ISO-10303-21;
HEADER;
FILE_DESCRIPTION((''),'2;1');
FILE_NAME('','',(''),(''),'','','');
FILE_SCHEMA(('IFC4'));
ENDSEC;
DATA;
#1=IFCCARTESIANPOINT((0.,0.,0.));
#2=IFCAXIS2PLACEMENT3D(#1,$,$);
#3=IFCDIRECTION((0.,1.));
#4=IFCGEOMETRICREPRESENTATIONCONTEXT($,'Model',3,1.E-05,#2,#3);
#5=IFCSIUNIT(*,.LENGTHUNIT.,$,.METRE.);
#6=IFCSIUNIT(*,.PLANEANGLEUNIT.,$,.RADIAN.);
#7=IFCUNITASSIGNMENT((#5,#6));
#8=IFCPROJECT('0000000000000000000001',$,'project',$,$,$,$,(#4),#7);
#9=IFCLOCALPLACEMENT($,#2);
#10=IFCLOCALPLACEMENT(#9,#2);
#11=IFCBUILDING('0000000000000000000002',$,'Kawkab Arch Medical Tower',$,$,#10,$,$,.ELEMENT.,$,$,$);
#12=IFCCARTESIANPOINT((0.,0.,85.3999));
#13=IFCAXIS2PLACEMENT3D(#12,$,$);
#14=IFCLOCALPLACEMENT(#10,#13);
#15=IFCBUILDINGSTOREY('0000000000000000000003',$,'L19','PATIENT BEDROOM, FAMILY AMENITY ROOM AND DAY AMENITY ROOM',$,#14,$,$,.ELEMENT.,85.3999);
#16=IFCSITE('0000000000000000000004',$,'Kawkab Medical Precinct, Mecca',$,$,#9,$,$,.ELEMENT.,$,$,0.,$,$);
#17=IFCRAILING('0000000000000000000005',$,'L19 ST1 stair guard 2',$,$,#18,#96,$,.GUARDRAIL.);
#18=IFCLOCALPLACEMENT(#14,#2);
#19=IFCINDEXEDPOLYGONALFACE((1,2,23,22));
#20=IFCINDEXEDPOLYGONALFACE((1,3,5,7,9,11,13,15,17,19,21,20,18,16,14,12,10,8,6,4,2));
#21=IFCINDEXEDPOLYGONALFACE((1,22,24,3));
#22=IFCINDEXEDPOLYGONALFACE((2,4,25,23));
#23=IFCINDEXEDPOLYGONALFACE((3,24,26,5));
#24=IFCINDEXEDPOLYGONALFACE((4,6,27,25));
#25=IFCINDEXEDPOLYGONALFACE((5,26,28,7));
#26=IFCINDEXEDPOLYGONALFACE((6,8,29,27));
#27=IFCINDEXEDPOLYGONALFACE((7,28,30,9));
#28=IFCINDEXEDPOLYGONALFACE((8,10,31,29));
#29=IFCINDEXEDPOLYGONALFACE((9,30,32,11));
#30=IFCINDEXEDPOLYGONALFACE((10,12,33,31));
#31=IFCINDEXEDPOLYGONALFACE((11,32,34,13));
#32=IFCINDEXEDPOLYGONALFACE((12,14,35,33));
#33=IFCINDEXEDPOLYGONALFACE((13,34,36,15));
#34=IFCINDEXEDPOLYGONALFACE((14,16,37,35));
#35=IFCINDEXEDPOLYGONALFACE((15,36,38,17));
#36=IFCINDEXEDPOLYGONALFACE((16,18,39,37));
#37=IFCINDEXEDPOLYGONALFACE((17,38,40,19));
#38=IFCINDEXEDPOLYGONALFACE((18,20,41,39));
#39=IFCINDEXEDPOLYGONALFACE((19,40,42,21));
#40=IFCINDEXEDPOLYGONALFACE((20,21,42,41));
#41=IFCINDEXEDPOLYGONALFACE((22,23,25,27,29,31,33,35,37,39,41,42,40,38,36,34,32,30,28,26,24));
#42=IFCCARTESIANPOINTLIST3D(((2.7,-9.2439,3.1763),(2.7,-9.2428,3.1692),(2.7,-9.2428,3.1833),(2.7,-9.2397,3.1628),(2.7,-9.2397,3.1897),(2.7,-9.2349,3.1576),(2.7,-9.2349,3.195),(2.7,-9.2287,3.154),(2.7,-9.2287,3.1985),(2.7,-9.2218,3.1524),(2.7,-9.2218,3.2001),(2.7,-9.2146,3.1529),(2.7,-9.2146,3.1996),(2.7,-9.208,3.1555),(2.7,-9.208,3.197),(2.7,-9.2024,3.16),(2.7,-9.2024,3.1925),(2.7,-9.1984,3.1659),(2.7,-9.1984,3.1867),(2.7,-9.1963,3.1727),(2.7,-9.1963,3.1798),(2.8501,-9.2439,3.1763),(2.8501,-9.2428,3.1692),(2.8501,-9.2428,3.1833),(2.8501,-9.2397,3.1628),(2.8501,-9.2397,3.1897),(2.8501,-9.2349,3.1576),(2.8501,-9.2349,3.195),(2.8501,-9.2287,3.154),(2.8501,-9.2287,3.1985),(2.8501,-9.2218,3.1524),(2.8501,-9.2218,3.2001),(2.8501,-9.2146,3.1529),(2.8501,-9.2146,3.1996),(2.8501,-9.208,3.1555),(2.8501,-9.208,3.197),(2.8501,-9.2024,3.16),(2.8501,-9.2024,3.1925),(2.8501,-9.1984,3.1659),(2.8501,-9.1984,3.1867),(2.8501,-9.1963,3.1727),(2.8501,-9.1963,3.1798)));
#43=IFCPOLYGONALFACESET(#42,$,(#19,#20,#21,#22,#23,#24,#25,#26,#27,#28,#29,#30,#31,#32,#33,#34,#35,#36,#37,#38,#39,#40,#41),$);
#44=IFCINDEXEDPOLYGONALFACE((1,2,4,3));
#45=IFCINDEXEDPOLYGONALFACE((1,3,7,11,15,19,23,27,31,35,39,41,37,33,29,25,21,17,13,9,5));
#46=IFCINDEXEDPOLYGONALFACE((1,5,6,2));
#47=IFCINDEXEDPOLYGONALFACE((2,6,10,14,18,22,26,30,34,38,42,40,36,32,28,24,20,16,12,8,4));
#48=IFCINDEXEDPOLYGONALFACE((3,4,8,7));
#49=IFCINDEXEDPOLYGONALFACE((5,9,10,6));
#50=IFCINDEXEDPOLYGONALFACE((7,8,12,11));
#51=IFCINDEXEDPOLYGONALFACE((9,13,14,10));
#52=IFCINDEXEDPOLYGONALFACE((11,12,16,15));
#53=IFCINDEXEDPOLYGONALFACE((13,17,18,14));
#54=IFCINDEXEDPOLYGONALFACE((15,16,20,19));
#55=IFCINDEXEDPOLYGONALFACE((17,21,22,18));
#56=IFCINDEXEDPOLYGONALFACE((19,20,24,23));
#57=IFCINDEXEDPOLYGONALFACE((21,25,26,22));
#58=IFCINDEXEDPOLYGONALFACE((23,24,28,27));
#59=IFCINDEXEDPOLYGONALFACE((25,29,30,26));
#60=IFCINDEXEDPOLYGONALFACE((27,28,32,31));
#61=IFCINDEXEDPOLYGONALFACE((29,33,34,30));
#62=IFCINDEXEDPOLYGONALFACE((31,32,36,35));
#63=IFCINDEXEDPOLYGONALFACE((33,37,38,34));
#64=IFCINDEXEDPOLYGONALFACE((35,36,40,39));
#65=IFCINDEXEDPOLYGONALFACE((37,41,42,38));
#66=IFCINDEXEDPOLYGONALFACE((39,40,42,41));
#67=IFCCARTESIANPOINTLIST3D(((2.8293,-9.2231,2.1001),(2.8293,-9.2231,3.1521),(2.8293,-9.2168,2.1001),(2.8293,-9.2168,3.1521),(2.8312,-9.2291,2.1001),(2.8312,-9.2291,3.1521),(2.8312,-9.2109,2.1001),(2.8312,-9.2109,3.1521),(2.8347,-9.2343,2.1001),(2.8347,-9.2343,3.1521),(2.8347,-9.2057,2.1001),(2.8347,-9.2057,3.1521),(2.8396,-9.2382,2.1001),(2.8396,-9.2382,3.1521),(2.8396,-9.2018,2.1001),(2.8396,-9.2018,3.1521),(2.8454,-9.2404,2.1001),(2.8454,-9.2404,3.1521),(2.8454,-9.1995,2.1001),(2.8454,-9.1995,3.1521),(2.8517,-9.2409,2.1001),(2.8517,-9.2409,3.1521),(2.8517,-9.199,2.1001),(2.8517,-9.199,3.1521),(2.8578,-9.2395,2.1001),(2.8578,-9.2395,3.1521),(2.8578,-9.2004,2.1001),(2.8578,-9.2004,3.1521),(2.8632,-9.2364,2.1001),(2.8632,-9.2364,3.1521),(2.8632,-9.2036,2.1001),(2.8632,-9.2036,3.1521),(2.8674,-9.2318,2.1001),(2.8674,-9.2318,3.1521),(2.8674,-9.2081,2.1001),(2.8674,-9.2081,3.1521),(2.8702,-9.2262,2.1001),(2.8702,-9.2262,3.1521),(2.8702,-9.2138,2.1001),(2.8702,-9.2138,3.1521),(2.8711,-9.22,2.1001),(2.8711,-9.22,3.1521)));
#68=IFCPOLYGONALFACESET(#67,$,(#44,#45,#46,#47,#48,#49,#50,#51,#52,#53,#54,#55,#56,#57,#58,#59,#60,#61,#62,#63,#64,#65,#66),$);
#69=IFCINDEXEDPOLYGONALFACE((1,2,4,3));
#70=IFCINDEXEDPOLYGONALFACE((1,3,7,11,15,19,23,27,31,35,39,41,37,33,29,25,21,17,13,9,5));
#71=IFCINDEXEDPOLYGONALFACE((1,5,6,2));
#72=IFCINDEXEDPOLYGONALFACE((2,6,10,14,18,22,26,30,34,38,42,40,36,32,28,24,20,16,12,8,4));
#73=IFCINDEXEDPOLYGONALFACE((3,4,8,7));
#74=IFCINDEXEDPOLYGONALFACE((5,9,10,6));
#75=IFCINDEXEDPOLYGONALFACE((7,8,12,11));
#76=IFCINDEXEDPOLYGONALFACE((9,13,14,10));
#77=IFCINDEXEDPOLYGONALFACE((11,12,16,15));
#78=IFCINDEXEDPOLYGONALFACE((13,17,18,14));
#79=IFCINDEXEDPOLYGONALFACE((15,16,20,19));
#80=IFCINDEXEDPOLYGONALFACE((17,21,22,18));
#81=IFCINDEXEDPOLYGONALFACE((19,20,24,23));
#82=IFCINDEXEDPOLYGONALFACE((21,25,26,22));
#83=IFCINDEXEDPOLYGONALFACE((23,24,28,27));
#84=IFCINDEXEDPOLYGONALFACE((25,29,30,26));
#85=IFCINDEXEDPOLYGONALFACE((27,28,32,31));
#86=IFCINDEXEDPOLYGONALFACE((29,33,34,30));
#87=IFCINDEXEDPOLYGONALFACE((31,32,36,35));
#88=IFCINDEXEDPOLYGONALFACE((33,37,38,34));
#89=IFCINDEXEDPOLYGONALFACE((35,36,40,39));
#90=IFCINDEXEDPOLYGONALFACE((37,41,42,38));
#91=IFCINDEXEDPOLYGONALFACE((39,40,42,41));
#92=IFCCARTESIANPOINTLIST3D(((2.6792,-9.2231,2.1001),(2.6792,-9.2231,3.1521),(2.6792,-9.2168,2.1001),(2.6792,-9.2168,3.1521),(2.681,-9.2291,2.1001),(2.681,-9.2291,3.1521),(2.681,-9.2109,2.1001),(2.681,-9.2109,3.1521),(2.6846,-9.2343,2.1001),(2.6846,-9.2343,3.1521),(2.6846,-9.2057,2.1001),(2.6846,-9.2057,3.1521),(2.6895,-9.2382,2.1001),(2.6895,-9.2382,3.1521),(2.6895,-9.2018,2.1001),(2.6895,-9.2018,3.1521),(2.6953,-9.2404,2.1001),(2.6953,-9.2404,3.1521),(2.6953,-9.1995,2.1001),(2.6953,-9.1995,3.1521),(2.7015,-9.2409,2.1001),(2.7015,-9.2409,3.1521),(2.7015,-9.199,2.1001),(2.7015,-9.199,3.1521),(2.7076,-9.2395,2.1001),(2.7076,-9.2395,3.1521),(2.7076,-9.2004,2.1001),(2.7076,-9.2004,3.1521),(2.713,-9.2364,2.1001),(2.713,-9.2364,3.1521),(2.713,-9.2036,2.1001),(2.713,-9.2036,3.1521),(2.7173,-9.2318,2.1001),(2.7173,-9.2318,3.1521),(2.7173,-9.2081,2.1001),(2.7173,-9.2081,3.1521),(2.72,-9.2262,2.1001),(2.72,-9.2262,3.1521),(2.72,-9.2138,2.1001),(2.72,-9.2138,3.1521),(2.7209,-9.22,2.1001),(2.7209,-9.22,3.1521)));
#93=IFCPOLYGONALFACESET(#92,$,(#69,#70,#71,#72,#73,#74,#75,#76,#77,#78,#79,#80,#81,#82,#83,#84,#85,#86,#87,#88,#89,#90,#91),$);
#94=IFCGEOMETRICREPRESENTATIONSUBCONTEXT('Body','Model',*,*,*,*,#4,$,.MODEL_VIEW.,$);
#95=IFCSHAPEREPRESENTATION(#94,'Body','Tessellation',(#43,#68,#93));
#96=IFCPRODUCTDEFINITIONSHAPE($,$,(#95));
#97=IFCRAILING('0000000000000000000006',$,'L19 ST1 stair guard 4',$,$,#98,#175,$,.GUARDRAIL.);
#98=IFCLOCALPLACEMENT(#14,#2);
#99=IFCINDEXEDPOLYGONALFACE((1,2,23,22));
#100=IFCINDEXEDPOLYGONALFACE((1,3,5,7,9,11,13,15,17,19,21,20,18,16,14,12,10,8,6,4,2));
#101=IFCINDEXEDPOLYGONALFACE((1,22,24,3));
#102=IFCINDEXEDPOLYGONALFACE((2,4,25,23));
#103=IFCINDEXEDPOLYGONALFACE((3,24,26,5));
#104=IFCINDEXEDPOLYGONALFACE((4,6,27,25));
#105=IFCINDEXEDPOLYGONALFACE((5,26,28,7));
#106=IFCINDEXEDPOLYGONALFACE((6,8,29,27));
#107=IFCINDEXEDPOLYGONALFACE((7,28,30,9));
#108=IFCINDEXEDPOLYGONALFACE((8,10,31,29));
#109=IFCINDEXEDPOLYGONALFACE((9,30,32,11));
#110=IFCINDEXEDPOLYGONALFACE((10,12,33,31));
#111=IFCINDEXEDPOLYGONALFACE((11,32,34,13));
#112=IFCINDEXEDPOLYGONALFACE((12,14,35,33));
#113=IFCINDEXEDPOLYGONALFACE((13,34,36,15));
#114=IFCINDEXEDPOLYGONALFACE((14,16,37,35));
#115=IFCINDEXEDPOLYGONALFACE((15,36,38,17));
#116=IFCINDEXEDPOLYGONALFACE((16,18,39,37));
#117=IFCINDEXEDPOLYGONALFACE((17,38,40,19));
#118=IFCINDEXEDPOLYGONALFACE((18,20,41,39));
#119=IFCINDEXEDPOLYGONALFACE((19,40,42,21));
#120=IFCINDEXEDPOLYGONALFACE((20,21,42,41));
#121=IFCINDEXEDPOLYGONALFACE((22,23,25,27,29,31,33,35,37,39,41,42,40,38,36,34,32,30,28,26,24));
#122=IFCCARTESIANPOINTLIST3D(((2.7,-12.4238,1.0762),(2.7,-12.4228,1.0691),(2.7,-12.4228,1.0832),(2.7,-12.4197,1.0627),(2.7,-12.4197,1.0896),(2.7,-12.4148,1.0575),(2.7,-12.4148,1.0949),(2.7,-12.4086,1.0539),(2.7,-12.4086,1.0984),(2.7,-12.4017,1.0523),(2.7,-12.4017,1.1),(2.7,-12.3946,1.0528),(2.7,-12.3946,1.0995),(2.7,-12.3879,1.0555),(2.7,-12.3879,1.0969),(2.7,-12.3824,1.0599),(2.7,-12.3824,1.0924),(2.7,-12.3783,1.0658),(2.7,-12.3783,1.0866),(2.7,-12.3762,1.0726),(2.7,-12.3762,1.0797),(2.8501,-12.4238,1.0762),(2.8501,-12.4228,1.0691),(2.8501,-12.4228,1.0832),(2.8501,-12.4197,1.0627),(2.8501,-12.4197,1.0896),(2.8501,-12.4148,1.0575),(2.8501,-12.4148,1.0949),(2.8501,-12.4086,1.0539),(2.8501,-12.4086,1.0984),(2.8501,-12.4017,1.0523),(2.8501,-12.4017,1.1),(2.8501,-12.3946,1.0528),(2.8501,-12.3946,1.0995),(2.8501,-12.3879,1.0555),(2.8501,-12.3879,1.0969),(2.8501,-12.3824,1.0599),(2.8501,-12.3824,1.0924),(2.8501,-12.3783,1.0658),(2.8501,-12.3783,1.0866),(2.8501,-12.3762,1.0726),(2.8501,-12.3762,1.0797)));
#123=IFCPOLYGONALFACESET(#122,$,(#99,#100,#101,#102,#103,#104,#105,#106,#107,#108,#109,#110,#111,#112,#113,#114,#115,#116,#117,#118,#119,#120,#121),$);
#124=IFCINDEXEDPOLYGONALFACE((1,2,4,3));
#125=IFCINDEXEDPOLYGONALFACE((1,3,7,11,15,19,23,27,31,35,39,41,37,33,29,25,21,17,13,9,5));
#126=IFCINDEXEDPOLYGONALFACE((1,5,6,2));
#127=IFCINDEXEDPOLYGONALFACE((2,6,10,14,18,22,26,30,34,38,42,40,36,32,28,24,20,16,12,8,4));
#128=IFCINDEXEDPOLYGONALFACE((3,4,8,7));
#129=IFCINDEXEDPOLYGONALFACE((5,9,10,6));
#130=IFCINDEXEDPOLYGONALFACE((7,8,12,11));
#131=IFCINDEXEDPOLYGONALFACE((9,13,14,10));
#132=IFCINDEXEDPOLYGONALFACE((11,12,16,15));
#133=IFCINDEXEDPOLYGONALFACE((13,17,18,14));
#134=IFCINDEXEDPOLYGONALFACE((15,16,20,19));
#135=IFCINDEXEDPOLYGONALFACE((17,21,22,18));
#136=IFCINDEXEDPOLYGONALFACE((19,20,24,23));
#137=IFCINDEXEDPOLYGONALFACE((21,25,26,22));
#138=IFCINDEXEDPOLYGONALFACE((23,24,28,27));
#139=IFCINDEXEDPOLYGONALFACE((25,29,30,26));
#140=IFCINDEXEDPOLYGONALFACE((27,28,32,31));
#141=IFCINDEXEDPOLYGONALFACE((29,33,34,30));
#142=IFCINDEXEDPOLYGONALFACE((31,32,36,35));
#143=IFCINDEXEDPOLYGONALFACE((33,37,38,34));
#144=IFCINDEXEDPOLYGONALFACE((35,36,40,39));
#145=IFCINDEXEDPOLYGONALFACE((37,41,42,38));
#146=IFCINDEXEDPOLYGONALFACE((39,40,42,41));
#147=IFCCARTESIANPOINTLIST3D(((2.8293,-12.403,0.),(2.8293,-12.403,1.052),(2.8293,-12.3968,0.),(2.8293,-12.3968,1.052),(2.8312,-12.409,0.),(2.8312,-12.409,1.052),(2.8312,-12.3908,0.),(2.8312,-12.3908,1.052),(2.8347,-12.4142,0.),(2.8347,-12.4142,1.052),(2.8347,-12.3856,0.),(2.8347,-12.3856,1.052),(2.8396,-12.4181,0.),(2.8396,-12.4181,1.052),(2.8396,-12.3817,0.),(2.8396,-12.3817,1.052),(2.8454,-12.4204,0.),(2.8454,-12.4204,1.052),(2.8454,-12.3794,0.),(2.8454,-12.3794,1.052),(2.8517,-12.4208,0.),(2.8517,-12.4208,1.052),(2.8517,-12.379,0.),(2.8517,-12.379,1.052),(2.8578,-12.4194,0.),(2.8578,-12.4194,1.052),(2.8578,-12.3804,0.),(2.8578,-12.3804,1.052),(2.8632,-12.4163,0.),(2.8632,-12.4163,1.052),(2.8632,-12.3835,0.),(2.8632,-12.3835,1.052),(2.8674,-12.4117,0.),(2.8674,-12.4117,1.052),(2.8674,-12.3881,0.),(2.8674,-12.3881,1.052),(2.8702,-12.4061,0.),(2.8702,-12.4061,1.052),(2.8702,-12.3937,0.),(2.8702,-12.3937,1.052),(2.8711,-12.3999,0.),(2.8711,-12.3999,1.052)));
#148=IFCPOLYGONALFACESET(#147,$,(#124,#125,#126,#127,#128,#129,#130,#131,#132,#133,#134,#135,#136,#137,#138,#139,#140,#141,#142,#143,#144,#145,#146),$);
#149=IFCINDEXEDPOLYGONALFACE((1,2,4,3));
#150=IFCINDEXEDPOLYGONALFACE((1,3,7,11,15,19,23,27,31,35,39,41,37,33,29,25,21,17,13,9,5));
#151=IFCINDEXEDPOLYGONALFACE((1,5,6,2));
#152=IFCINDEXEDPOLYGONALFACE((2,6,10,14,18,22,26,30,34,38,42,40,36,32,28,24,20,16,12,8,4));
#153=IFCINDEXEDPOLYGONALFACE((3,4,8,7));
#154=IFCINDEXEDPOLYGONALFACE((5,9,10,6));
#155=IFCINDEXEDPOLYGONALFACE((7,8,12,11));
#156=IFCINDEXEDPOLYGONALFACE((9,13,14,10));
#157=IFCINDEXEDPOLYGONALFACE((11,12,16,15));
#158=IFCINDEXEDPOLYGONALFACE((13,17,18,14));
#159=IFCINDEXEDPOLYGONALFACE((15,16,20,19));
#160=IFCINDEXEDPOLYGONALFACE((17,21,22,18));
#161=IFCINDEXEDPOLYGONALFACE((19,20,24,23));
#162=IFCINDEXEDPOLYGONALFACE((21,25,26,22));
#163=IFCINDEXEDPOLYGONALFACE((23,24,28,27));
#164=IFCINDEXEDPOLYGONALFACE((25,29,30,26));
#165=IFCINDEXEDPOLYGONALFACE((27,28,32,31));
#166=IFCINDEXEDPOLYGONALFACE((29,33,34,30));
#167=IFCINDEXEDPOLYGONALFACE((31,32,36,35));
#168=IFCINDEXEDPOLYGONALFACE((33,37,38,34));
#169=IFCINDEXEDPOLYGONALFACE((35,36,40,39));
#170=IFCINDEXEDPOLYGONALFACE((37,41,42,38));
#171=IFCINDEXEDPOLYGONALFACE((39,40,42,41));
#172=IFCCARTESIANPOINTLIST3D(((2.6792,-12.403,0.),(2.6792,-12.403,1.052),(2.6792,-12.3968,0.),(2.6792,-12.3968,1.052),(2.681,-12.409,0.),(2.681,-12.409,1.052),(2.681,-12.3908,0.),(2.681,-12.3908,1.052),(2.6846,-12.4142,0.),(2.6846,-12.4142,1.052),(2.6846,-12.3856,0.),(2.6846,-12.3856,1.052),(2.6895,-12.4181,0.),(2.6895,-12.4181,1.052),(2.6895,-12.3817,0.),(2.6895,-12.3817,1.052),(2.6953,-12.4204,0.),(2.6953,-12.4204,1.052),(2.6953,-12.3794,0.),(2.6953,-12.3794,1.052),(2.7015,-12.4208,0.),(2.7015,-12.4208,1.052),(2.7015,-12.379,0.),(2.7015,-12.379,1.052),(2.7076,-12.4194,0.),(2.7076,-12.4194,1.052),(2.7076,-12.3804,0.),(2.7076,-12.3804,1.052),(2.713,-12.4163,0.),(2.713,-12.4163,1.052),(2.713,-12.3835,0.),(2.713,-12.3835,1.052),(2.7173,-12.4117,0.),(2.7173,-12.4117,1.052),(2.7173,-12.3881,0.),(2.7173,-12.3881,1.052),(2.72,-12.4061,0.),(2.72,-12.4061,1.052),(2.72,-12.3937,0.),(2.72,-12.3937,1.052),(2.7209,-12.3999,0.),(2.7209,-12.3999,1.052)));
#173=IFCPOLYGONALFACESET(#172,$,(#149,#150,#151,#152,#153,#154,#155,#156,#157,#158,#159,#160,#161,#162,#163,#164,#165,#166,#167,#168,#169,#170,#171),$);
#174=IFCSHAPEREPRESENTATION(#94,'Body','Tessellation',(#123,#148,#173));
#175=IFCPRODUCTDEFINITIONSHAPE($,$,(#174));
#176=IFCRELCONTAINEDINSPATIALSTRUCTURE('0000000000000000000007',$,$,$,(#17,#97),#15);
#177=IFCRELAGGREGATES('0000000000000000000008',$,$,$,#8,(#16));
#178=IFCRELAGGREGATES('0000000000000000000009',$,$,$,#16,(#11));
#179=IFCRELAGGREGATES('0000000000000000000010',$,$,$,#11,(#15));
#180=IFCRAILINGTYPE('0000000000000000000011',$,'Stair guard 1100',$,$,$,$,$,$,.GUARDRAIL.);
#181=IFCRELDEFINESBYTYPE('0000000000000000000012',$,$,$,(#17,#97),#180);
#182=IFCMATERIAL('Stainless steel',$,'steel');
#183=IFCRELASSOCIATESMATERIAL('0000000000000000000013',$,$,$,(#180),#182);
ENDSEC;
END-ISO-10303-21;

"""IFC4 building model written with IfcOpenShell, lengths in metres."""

from ifc_helpers import new_model, si_unit, direction, frame, origin, origin_2d, place, context, subcontext, project, spatial, circle, extrude, material, type_object, element, save


model = new_model("IFC4")

# Units and contexts
model_context = context("Model", 3, precision=1e-05, world=origin(), true_north=direction((0.0, 1.0)))
body_context = subcontext(model_context, "Body", "Model", "MODEL_VIEW")
ifc_project = project(units=[si_unit("LENGTHUNIT", "METRE"), si_unit("PLANEANGLEUNIT", "RADIAN")], contexts=[model_context])

# Site, building, storey
site_placement = place(None, origin())
site = spatial("IfcSite", under=ifc_project, at=site_placement, Name="Kawkab Medical Precinct, Mecca", CompositionType="ELEMENT", RefElevation=0.0)
building_placement = place(site_placement, origin())
building = spatial("IfcBuilding", under=site, at=building_placement, Name="Kawkab Arch Medical Tower", CompositionType="ELEMENT")
storey_placement = place(building_placement, frame((0.0, 0.0, 85.3999)))
storey = spatial("IfcBuildingStorey", under=building, at=storey_placement, Name="L19", Description="PATIENT BEDROOM, FAMILY AMENITY ROOM AND DAY AMENITY ROOM", CompositionType="ELEMENT", Elevation=85.3999)

# Railings
ifc_material_1 = material(Name="Stainless steel", Category="steel")
railing_type = type_object("IfcRailingType", Name="Stair guard 1100", PredefinedType="GUARDRAIL", material=ifc_material_1)
for number, where, name in (
    (1, (2.8501, -9.22, 2.1001), "L19 ST1 stair guard 2"),
    (2, (2.8501, -12.3999, 0.0), "L19 ST1 stair guard 4"),
):
    element("IfcRailing", number, at=place(storey_placement, frame(where)), inside=storey, type_object=railing_type, Name=name, PredefinedType="GUARDRAIL", context=body_context, shape_type="SweptSolid", body=[
        extrude(circle(Radius=0.0239, at=origin_2d()), frame((0.0, 0.0, 1.0762), z_axis=(-1.0, 0.0, 0.0), x_axis=(0.0, -1.0, 0.0)), (0.0, 0.0, 1.0), 0.1501),
        extrude(circle(Radius=0.021, at=origin_2d()), origin(), (0.0, 0.0, 1.0), 1.052),
        extrude(circle(Radius=0.021, at=origin_2d()), frame((-0.1501, 0.0, 0.0)), (0.0, 0.0, 1.0), 1.052),
    ])

save(model, "model.ifc")
